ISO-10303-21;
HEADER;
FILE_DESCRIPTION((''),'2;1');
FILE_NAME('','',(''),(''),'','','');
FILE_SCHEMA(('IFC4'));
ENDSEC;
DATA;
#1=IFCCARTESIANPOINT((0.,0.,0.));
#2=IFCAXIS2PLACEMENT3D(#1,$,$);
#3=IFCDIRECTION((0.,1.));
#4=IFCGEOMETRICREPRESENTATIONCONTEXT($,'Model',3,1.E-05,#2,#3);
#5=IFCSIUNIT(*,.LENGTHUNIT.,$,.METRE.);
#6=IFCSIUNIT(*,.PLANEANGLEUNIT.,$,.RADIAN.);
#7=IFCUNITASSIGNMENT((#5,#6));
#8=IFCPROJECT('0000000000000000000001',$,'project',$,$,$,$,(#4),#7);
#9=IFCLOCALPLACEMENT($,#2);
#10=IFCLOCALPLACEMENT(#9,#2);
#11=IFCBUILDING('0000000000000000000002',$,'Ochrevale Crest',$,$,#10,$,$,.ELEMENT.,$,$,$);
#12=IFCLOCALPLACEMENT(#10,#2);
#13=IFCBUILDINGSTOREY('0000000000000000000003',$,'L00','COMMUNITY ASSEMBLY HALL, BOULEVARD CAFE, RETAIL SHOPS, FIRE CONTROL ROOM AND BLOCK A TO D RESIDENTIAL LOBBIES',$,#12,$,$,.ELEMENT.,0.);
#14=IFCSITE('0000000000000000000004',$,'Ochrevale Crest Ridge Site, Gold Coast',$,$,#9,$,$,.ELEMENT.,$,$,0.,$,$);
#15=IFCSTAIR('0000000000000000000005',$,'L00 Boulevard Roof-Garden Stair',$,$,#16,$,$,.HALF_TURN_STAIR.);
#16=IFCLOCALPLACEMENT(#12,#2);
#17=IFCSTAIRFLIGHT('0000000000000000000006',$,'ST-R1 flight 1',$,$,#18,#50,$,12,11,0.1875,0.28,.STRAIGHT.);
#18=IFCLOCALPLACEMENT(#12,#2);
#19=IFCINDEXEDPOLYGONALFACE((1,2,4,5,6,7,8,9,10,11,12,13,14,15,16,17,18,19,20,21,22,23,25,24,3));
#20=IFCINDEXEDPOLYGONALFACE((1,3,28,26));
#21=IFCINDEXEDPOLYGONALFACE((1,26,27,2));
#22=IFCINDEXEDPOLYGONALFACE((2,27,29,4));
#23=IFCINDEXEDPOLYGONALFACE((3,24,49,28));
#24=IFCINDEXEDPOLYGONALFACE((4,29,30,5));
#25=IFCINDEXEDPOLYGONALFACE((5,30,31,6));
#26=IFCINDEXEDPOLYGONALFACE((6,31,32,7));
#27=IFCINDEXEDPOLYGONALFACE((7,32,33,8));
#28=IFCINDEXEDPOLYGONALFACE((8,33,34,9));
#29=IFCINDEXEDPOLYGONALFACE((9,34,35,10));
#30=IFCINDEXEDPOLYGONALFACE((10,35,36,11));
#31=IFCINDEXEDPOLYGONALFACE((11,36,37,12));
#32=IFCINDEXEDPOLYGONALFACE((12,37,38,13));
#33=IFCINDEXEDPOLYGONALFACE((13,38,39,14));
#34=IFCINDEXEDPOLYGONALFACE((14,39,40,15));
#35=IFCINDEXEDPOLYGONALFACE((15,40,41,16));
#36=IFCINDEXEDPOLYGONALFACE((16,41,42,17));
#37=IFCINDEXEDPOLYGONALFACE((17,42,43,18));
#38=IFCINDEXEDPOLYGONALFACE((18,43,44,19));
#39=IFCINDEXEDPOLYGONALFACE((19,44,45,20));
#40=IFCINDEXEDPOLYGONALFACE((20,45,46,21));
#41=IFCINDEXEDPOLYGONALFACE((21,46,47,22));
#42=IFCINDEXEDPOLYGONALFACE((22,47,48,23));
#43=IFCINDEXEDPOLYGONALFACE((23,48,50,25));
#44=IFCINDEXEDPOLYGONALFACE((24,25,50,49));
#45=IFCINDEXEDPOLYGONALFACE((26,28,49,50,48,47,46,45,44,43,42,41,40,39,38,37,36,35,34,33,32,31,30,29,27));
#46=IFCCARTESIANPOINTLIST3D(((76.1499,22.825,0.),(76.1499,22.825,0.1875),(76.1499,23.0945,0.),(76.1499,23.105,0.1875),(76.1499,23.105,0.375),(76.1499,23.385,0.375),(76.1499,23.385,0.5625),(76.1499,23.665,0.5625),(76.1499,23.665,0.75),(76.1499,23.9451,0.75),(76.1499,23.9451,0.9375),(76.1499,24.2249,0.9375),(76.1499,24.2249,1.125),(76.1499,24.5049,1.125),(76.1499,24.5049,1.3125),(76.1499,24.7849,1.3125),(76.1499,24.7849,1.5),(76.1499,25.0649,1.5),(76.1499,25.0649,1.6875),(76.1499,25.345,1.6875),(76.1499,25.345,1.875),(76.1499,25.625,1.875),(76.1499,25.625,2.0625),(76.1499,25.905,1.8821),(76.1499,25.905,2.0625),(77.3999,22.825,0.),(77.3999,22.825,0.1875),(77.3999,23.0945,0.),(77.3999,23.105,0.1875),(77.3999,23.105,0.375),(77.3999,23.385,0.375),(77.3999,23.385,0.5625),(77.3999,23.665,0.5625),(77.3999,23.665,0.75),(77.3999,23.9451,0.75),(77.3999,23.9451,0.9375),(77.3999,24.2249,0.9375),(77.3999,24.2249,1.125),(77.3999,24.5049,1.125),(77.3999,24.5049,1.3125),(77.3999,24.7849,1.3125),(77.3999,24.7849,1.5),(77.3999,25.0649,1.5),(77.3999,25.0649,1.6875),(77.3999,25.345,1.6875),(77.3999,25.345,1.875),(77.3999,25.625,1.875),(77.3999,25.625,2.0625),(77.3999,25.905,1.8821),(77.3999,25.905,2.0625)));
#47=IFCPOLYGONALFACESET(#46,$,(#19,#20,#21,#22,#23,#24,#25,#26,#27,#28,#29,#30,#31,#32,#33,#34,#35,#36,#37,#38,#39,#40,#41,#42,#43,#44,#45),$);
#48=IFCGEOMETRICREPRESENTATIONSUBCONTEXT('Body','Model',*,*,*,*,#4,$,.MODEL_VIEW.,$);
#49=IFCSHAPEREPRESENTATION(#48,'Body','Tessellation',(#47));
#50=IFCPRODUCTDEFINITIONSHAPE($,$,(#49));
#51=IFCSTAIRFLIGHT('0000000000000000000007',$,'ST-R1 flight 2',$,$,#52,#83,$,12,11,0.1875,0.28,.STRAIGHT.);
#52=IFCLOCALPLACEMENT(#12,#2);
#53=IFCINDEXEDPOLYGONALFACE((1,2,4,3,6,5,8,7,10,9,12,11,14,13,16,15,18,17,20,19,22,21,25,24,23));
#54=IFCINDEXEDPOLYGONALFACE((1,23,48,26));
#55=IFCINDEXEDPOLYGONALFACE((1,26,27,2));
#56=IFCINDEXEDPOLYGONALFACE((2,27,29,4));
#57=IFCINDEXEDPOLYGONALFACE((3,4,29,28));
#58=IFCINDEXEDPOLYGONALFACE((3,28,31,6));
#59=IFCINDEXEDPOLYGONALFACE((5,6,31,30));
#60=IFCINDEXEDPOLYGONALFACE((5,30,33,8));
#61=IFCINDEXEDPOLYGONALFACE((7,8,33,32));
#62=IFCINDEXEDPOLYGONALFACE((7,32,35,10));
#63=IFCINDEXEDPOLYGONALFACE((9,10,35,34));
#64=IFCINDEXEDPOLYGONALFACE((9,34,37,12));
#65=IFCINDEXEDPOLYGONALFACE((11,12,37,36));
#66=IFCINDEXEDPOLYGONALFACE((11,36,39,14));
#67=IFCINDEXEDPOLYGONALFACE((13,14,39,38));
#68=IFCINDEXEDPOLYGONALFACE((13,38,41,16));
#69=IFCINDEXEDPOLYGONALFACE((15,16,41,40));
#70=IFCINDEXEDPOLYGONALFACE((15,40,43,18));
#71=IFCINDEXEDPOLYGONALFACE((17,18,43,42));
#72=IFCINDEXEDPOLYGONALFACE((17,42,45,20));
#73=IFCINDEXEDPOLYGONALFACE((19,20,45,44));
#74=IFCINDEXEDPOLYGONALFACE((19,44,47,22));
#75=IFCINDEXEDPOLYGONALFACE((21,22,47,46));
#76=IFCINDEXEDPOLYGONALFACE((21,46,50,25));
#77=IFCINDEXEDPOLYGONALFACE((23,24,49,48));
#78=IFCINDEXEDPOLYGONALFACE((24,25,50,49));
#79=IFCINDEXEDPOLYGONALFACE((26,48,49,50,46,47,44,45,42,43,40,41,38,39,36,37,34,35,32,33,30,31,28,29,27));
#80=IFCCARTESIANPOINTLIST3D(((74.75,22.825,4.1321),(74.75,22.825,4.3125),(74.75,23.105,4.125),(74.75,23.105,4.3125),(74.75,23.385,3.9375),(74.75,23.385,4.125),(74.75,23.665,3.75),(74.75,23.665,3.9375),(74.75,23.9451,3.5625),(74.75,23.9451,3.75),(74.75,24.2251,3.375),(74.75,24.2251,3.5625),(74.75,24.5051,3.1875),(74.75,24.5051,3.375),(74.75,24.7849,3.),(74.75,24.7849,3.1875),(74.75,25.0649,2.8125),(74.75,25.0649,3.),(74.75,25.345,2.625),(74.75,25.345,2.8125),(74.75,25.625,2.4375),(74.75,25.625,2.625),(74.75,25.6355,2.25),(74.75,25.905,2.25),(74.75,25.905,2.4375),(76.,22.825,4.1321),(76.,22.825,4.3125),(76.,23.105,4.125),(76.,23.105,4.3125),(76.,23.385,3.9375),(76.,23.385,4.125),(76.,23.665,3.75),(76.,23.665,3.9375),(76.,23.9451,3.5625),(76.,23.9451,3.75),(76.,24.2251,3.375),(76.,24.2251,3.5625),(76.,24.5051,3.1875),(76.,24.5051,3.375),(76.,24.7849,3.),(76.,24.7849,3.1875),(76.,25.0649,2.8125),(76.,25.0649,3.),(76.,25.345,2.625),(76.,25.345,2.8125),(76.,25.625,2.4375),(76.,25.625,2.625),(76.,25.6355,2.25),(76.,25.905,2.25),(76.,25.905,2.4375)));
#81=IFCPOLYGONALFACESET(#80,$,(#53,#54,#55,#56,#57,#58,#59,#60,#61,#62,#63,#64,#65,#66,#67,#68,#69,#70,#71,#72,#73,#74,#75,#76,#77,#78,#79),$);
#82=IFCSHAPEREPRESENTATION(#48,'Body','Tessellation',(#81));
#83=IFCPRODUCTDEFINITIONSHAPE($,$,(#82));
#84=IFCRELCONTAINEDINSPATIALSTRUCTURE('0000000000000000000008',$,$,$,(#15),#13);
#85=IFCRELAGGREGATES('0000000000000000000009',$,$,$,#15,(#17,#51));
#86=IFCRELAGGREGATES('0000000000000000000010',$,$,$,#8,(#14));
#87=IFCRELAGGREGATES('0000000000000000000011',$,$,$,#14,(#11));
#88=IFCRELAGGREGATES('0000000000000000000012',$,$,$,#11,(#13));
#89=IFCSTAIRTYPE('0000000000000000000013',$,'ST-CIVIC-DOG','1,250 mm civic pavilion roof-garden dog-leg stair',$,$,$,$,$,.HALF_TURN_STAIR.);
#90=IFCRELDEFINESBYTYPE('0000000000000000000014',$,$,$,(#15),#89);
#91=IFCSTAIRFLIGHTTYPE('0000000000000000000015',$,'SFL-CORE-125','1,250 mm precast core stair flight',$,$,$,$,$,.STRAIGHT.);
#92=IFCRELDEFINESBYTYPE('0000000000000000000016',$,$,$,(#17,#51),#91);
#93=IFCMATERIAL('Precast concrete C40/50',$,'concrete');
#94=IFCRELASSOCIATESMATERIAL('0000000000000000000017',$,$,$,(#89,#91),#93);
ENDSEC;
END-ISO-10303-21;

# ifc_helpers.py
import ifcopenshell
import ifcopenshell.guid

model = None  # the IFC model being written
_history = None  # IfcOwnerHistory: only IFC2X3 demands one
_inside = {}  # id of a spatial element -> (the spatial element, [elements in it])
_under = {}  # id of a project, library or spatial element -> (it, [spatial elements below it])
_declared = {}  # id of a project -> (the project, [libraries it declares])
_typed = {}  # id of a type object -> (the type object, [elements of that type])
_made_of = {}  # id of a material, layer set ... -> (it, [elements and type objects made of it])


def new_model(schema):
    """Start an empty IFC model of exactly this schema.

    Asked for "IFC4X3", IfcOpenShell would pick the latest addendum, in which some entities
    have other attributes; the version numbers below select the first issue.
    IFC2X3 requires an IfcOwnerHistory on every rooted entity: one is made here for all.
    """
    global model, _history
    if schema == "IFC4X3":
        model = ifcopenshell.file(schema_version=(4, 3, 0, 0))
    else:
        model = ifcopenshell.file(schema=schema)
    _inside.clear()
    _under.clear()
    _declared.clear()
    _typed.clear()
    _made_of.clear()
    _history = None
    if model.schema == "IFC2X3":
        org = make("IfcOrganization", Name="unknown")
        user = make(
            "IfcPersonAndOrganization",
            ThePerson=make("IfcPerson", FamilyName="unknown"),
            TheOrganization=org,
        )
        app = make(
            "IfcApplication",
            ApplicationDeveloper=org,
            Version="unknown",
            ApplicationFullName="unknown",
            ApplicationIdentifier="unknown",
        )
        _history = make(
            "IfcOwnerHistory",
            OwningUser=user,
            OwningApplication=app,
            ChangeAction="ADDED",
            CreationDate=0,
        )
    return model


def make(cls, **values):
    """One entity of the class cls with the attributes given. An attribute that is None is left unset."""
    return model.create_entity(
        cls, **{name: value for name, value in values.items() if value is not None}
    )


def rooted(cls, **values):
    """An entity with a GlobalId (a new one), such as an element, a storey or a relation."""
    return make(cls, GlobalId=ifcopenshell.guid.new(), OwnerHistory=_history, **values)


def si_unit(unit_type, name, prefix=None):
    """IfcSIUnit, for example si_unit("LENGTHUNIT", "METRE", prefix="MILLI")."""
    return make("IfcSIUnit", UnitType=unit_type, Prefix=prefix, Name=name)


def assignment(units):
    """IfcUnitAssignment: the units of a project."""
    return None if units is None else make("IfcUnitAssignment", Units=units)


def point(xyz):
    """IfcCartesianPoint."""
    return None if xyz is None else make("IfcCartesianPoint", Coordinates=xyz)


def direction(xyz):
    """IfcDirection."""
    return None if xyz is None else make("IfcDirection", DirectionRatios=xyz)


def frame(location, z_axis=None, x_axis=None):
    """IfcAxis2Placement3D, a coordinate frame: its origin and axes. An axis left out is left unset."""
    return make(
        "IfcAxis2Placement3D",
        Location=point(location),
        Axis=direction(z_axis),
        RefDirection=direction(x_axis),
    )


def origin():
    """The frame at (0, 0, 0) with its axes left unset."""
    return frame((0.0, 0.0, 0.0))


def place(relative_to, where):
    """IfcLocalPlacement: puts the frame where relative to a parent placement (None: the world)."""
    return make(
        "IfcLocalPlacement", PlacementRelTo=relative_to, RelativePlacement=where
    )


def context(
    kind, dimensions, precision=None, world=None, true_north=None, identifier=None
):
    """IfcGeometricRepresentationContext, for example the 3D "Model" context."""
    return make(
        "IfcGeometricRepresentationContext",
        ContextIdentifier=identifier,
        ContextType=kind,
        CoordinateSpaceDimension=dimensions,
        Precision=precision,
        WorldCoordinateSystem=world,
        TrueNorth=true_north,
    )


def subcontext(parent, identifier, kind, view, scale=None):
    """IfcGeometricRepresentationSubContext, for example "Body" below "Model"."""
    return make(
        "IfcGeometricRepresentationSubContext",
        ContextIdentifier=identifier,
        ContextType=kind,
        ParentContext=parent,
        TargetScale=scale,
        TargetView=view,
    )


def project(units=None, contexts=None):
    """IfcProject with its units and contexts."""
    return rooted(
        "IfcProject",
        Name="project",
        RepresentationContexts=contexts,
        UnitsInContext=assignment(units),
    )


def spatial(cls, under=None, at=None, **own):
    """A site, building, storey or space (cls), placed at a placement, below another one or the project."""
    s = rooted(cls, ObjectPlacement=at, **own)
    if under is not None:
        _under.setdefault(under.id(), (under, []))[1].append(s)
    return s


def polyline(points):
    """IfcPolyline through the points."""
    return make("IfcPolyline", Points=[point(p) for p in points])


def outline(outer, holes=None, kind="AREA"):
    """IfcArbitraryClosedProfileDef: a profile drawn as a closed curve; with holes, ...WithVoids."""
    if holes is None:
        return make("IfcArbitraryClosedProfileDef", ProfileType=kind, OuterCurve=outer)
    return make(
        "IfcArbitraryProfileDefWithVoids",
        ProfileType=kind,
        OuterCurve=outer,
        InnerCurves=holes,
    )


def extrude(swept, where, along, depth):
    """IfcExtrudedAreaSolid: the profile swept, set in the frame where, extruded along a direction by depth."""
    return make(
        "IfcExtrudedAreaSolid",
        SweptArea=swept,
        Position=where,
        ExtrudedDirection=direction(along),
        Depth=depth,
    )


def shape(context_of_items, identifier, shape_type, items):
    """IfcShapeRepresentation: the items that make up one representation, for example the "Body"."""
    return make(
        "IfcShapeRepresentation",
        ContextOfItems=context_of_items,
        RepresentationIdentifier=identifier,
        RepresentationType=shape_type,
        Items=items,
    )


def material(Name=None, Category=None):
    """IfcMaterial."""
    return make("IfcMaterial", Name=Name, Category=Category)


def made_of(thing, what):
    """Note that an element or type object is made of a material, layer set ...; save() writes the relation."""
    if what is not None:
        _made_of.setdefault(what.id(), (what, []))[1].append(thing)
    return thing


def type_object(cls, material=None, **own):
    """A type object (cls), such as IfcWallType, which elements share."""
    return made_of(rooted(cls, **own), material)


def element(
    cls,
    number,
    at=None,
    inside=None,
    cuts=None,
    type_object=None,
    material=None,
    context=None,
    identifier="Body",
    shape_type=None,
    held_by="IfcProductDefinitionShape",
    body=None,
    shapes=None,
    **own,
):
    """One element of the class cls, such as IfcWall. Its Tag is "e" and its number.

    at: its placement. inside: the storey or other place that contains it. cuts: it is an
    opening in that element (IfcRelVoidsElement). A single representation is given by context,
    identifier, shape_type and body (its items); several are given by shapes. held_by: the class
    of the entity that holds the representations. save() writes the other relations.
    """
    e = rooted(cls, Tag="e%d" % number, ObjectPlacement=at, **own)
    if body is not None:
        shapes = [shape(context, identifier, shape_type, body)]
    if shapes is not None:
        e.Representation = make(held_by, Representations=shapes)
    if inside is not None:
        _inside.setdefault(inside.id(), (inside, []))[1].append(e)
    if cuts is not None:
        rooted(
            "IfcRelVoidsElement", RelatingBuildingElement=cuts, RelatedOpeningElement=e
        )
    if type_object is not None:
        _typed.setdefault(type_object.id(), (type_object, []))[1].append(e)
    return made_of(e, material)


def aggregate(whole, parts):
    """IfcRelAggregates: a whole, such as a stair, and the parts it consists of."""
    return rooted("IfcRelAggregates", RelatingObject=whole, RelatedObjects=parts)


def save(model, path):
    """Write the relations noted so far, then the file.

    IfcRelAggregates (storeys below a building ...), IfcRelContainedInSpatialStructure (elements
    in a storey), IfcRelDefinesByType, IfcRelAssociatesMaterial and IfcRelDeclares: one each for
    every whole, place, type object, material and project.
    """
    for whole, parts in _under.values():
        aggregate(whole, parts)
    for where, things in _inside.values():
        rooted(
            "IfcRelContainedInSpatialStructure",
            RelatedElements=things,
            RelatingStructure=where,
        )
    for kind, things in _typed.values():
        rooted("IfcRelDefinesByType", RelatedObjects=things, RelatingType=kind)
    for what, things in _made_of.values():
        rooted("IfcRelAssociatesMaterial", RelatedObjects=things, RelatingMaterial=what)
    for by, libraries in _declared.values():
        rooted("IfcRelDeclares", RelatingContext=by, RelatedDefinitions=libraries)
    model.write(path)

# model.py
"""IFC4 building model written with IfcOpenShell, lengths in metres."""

from ifc_helpers import new_model, si_unit, direction, frame, origin, place, context, subcontext, project, spatial, polyline, outline, extrude, material, type_object, element, aggregate, save


model = new_model("IFC4")

# Units and contexts
model_context = context("Model", 3, precision=1e-05, world=origin(), true_north=direction((0.0, 1.0)))
body_context = subcontext(model_context, "Body", "Model", "MODEL_VIEW")
ifc_project = project(units=[si_unit("LENGTHUNIT", "METRE"), si_unit("PLANEANGLEUNIT", "RADIAN")], contexts=[model_context])

# Site, building, storey
site_placement = place(None, origin())
site = spatial("IfcSite", under=ifc_project, at=site_placement, Name="Ochrevale Crest Ridge Site, Gold Coast", CompositionType="ELEMENT", RefElevation=0.0)
building_placement = place(site_placement, origin())
building = spatial("IfcBuilding", under=site, at=building_placement, Name="Ochrevale Crest", CompositionType="ELEMENT")
storey_placement = place(building_placement, origin())
storey = spatial("IfcBuildingStorey", under=building, at=storey_placement, Name="L00", Description="COMMUNITY ASSEMBLY HALL, BOULEVARD CAFE, RETAIL SHOPS, FIRE CONTROL ROOM AND BLOCK A TO D RESIDENTIAL LOBBIES", CompositionType="ELEMENT", Elevation=0.0)

# Stair, stair flights
ifc_material_1 = material(Name="Precast concrete C40/50", Category="concrete")
stair_type = type_object("IfcStairType", Name="ST-CIVIC-DOG", Description="1,250 mm civic pavilion roof-garden dog-leg stair", PredefinedType="HALF_TURN_STAIR", material=ifc_material_1)
stair_placement = place(storey_placement, origin())
stair = element("IfcStair", 1, at=stair_placement, inside=storey, type_object=stair_type, Name="L00 Boulevard Roof-Garden Stair", PredefinedType="HALF_TURN_STAIR")
stair_flight_type = type_object("IfcStairFlightType", Name="SFL-CORE-125", Description="1,250 mm precast core stair flight", PredefinedType="STRAIGHT", material=ifc_material_1)
stair_flight_1_placement = place(storey_placement, frame((76.7749, 22.825, 0.0), z_axis=(0.0, 0.0, 1.0), x_axis=(0.0, 1.0, 0.0)))
stair_flight_1 = element("IfcStairFlight", 2, at=stair_flight_1_placement, type_object=stair_flight_type, Name="ST-R1 flight 1", NumberOfRisers=12, NumberOfTreads=11, PredefinedType="STRAIGHT", RiserHeight=0.1875, TreadLength=0.28, context=body_context, shape_type="SweptSolid", body=[
    extrude(outline(polyline([(0.0, 0.0), (0.0, 0.1875), (0.28, 0.1875), (0.28, 0.375), (0.5601, 0.375), (0.5601, 0.5625), (0.8401, 0.5625), (0.8401, 0.75), (1.1201, 0.75), (1.1201, 0.9375), (1.3999, 0.9375), (1.3999, 1.125), (1.6799, 1.125), (1.6799, 1.3125), (1.96, 1.3125), (1.96, 1.5), (2.24, 1.5), (2.24, 1.6875), (2.52, 1.6875), (2.52, 1.875), (2.8, 1.875), (2.8, 2.0625), (3.0801, 2.0625), (3.0801, 2.25), (3.0801, 1.8821), (0.2695, 0.0), (0.0, 0.0)])), frame((0.0, 0.625, 0.0), z_axis=(0.0, -1.0, 0.0), x_axis=(1.0, 0.0, 0.0)), (0.0, 0.0, 1.0), 1.25),
])
stair_flight_2_placement = place(storey_placement, frame((75.375, 25.905, 2.25), z_axis=(0.0, 0.0, 1.0), x_axis=(0.0, -1.0, 0.0)))
stair_flight_2 = element("IfcStairFlight", 3, at=stair_flight_2_placement, type_object=stair_flight_type, Name="ST-R1 flight 2", NumberOfRisers=12, NumberOfTreads=11, PredefinedType="STRAIGHT", RiserHeight=0.1875, TreadLength=0.28, context=body_context, shape_type="SweptSolid", body=[
    extrude(outline(polyline([(0.0, 0.0), (0.0, 0.1875), (0.28, 0.1875), (0.28, 0.375), (0.5601, 0.375), (0.5601, 0.5625), (0.8401, 0.5625), (0.8401, 0.75), (1.1201, 0.75), (1.1201, 0.9375), (1.3999, 0.9375), (1.3999, 1.125), (1.6799, 1.125), (1.6799, 1.3125), (1.96, 1.3125), (1.96, 1.5), (2.24, 1.5), (2.24, 1.6875), (2.52, 1.6875), (2.52, 1.875), (2.8, 1.875), (2.8, 2.0625), (3.0801, 2.0625), (3.0801, 2.25), (3.0801, 1.8821), (0.2695, 0.0), (0.0, 0.0)])), frame((0.0, 0.625, 0.0), z_axis=(0.0, -1.0, 0.0), x_axis=(1.0, 0.0, 0.0)), (0.0, 0.0, 1.0), 1.25),
])
aggregate(stair, [stair_flight_1, stair_flight_2])

save(model, "model.ifc")
